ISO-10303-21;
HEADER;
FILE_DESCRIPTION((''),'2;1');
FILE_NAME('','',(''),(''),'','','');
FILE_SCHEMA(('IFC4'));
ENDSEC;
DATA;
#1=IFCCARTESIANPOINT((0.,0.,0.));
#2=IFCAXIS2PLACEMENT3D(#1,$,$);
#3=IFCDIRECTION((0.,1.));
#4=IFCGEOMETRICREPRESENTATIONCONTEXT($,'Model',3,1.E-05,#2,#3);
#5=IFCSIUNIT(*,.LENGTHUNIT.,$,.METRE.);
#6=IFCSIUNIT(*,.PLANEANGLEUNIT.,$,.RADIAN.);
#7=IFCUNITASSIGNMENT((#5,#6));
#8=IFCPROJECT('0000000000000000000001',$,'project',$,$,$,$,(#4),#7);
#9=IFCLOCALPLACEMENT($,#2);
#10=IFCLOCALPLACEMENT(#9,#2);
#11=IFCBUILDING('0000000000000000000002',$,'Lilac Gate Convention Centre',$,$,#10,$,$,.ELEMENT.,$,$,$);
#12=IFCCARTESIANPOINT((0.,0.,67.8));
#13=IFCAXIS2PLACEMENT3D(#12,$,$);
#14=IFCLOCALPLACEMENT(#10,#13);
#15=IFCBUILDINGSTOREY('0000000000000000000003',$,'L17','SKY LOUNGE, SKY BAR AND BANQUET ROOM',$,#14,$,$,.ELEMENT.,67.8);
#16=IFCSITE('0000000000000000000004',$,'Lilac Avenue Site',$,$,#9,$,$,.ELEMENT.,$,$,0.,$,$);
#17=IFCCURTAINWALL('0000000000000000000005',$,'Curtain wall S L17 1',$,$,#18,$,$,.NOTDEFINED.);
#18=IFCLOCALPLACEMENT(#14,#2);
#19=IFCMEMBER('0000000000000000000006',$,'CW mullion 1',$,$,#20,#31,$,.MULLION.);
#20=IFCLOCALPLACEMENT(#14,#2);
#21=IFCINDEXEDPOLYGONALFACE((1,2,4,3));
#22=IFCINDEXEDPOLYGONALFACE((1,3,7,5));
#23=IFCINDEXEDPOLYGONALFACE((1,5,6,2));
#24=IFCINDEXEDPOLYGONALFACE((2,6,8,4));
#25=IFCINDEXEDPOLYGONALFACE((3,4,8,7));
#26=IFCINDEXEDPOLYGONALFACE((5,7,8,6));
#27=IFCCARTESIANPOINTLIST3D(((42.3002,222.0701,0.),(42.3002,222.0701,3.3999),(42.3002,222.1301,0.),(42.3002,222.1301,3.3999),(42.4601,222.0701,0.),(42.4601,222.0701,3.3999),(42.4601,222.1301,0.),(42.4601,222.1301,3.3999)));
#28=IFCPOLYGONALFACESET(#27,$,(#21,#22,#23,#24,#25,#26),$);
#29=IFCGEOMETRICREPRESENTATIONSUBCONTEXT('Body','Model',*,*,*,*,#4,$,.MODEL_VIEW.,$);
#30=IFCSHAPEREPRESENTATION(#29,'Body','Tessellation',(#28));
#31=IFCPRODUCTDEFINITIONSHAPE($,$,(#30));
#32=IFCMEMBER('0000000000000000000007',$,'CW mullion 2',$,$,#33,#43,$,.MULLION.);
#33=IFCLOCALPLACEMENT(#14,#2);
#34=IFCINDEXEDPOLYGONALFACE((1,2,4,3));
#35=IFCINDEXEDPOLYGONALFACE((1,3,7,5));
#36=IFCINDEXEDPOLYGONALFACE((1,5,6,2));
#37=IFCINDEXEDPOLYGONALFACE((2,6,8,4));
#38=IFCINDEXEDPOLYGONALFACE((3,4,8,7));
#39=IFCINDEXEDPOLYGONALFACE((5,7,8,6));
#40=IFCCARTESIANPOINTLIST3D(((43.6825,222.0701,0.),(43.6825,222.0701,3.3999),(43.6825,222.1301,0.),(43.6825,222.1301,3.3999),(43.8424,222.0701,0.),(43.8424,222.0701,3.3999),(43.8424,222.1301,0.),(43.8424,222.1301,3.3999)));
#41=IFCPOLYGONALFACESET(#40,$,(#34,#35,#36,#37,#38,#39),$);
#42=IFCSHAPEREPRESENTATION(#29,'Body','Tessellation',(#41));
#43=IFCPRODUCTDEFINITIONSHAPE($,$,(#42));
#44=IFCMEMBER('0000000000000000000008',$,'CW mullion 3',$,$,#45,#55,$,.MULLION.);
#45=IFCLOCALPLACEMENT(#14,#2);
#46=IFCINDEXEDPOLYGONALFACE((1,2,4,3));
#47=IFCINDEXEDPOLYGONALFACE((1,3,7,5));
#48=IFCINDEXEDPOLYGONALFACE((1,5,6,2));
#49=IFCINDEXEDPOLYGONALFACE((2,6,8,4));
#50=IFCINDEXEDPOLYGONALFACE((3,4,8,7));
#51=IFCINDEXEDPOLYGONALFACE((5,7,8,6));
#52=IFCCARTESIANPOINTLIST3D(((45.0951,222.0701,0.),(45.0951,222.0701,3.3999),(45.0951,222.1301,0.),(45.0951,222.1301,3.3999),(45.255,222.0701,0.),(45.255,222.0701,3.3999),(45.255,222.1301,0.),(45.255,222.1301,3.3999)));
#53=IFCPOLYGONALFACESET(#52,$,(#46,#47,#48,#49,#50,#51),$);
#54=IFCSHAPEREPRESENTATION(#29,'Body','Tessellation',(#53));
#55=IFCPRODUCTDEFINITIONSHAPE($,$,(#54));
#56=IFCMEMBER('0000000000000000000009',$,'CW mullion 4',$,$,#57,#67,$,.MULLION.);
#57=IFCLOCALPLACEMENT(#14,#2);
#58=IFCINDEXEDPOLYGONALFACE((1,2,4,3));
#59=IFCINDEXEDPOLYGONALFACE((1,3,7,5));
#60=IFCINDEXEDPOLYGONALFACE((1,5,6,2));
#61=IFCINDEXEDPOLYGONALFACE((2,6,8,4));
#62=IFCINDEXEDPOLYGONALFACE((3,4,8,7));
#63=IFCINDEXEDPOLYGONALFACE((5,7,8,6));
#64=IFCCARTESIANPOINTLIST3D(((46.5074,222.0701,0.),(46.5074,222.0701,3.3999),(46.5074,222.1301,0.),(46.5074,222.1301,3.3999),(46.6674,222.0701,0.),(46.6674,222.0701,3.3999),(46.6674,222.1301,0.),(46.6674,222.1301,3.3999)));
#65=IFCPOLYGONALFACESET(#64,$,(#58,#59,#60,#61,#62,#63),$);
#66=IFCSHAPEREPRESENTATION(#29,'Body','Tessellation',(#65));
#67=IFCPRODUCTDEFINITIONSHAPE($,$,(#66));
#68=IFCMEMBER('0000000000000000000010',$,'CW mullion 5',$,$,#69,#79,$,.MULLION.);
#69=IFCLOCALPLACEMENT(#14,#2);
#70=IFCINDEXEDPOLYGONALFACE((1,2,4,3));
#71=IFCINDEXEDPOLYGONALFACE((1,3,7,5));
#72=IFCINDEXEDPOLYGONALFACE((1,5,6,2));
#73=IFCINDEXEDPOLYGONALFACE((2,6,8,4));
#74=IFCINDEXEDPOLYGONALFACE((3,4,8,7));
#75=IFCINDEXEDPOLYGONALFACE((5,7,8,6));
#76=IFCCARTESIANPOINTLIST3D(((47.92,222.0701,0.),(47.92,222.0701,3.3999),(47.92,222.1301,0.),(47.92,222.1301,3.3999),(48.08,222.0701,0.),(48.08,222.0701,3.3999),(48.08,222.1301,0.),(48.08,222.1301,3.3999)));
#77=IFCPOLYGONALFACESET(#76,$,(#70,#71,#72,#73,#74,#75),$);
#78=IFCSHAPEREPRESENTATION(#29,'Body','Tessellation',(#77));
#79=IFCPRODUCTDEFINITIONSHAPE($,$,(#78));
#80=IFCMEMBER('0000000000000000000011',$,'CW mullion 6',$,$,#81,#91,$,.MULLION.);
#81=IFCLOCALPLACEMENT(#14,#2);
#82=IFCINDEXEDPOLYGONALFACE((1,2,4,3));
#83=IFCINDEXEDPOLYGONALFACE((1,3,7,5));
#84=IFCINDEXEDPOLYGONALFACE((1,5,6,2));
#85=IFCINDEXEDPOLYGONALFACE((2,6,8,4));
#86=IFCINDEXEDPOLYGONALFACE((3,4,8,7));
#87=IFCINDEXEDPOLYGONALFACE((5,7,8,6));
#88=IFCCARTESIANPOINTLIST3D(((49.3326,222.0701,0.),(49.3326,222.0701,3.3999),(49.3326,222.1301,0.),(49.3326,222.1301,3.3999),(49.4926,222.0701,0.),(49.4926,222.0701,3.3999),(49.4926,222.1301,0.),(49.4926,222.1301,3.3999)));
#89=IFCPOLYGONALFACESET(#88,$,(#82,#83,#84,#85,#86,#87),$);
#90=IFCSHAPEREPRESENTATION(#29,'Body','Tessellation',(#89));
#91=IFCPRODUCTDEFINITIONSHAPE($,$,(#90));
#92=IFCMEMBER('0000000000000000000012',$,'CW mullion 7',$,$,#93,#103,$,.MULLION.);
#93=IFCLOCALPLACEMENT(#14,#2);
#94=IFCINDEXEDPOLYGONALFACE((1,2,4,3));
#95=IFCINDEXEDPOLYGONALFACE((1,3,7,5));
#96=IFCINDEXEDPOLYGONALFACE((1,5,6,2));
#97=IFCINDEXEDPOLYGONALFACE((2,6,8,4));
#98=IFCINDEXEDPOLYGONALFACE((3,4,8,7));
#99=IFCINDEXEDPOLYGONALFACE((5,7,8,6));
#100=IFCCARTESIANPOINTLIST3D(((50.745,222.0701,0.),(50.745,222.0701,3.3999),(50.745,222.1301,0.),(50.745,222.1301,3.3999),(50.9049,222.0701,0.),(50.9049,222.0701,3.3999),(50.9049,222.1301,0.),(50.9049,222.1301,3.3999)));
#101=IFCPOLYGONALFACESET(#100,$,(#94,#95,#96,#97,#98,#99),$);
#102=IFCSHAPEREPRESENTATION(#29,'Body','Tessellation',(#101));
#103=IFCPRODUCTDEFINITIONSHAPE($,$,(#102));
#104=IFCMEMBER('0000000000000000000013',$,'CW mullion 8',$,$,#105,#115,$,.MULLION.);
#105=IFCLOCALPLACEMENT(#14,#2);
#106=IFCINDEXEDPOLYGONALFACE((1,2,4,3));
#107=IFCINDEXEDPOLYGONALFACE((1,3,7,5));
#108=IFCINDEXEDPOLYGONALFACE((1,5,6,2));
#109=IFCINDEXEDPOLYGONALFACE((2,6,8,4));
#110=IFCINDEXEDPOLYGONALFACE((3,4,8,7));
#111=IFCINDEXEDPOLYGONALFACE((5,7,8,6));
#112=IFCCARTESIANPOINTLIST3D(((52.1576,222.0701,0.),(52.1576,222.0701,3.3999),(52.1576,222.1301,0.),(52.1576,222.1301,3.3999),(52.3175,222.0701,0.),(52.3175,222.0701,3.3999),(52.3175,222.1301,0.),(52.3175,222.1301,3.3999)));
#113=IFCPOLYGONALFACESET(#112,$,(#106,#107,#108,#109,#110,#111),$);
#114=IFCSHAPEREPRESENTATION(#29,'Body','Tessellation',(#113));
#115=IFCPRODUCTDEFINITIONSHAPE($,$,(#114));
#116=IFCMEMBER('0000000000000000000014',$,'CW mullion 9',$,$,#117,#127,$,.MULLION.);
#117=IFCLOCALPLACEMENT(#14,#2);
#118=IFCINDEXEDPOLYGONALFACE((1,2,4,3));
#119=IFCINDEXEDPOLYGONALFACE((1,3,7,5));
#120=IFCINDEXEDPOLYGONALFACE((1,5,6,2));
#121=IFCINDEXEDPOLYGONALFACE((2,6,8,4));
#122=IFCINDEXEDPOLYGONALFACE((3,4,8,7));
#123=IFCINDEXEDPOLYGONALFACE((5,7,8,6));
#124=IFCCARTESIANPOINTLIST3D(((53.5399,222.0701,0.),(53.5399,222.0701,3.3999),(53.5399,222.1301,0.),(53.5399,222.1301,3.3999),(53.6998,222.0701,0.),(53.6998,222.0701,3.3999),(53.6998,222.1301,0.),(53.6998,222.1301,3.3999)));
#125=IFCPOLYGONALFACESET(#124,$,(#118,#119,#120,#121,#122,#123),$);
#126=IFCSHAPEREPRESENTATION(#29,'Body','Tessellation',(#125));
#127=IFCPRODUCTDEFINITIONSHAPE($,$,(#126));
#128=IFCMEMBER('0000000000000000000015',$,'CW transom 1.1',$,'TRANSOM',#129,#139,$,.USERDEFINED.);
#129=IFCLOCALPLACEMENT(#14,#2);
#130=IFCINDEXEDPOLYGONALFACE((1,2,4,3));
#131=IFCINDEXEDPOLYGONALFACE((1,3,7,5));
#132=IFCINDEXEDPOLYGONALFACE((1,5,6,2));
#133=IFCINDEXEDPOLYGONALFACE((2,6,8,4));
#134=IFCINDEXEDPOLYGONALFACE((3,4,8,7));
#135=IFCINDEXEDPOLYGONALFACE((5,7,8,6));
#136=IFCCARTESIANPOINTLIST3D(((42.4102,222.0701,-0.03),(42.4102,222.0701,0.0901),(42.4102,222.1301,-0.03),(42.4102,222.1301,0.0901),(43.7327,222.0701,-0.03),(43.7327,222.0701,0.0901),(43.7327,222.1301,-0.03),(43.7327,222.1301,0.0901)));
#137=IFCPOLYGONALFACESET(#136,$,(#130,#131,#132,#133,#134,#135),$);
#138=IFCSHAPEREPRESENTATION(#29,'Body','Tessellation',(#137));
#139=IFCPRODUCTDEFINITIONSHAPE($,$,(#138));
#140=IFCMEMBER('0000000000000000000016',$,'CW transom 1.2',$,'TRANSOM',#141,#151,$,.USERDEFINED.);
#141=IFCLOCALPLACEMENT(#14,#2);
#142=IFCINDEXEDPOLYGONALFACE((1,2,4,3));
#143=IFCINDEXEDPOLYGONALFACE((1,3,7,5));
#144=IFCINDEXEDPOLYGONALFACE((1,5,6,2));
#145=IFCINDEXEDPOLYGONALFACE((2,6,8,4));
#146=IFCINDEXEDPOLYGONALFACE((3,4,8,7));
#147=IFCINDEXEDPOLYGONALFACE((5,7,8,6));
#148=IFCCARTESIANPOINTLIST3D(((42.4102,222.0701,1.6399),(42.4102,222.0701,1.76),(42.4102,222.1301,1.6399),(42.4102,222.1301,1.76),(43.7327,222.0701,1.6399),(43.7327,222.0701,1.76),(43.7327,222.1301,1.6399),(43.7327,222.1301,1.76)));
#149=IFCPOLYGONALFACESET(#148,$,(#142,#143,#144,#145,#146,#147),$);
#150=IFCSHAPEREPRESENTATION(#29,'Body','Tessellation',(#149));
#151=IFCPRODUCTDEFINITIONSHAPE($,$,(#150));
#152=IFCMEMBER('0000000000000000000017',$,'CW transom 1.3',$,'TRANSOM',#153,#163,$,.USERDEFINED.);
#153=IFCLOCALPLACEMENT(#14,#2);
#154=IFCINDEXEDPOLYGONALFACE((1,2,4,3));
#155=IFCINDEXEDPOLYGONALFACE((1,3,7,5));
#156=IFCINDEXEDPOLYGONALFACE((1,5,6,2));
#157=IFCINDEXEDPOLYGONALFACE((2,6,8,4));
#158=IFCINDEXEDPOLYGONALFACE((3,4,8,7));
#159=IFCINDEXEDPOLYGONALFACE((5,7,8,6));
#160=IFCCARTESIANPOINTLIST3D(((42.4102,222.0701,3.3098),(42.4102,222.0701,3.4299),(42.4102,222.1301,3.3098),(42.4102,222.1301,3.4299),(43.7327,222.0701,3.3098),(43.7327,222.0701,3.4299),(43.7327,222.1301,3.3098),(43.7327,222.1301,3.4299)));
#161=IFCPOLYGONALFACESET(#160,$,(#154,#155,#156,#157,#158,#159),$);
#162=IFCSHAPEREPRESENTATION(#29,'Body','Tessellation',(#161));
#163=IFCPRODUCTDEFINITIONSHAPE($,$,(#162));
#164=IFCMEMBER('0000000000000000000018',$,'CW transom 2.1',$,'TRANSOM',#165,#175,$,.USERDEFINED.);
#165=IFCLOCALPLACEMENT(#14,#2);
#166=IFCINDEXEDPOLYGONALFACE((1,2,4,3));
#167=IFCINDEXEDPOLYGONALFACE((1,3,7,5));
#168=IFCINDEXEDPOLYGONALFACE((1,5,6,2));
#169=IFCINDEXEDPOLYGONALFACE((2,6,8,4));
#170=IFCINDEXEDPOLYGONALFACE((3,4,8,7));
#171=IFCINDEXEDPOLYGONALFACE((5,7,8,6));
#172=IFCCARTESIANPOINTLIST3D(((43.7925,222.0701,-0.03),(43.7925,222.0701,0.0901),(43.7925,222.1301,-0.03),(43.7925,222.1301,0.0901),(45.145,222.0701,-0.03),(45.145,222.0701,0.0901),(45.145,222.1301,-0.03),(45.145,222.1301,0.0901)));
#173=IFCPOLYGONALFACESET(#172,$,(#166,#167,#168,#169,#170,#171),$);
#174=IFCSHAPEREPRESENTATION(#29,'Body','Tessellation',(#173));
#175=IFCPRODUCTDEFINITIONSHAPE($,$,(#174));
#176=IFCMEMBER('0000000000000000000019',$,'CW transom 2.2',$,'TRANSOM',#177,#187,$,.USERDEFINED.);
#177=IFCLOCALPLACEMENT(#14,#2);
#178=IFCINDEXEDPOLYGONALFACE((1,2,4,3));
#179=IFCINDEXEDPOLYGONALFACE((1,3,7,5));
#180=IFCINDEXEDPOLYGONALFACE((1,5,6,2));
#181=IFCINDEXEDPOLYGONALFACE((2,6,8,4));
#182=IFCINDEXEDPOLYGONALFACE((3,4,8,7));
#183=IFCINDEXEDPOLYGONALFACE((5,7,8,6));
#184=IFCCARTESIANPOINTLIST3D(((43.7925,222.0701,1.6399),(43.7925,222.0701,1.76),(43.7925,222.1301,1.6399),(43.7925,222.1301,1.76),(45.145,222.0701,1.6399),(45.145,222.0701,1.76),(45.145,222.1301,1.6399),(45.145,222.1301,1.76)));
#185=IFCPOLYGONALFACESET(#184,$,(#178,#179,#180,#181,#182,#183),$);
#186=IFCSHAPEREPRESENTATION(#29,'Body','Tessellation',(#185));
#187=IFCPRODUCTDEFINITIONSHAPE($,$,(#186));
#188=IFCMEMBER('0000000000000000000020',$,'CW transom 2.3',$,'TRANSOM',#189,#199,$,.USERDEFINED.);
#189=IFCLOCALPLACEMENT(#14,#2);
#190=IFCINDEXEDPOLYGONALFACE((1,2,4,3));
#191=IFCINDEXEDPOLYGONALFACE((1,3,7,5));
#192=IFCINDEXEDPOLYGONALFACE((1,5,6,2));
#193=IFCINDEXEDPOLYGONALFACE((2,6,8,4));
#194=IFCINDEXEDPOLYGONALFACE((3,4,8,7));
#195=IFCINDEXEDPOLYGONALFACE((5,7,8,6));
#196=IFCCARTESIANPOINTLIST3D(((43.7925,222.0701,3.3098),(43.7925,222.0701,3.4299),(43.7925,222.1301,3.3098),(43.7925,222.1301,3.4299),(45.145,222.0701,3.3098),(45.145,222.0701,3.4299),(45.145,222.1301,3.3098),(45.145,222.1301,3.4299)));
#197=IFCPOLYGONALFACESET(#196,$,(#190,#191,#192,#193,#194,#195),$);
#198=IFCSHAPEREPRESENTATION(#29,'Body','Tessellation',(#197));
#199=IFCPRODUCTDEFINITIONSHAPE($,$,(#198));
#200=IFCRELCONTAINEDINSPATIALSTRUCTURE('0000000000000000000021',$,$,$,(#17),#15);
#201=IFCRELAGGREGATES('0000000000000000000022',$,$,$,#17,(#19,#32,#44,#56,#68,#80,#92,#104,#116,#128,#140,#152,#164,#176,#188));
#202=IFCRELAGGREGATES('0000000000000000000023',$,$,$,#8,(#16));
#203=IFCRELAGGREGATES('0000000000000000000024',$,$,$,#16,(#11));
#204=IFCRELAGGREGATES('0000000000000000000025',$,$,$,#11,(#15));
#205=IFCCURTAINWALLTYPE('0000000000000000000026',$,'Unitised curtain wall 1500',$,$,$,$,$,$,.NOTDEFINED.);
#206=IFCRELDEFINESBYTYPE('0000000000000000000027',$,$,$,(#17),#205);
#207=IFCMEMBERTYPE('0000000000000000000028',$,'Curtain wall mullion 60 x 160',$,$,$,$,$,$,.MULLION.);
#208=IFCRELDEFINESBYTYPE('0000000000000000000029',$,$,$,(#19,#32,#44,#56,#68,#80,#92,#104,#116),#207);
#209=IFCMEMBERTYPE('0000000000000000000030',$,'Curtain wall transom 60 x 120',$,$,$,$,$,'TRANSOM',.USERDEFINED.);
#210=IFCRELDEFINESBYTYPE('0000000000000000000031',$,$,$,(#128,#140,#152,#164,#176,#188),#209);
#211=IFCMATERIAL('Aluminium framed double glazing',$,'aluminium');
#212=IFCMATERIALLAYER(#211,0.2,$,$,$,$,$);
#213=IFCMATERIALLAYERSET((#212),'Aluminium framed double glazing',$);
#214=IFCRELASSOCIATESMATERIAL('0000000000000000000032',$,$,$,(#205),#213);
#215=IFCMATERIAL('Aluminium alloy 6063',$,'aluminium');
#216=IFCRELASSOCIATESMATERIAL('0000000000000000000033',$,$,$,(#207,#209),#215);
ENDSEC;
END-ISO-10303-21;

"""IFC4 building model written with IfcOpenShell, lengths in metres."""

from ifc_helpers import new_model, si_unit, direction, frame, origin, origin_2d, place, context, subcontext, project, spatial, rectangle, extrude, material, layer, layer_set, material_profile, profile_set, type_object, element, aggregate, save


model = new_model("IFC4")

# Units and contexts
model_context = context("Model", 3, precision=1e-05, world=origin(), true_north=direction((0.0, 1.0)))
body_context = subcontext(model_context, "Body", "Model", "MODEL_VIEW")
ifc_project = project(units=[si_unit("LENGTHUNIT", "METRE"), si_unit("PLANEANGLEUNIT", "RADIAN")], contexts=[model_context])

# Site, building, storey
site_placement = place(None, origin())
site = spatial("IfcSite", under=ifc_project, at=site_placement, Name="Lilac Avenue Site", CompositionType="ELEMENT", RefElevation=0.0)
building_placement = place(site_placement, origin())
building = spatial("IfcBuilding", under=site, at=building_placement, Name="Lilac Gate Convention Centre", CompositionType="ELEMENT")
storey_placement = place(building_placement, frame((0.0, 0.0, 67.8)))
storey = spatial("IfcBuildingStorey", under=building, at=storey_placement, Name="L17", Description="SKY LOUNGE, SKY BAR AND BANQUET ROOM", CompositionType="ELEMENT", Elevation=67.8)

# Curtain wall, members
ifc_material_1 = material(Name="Aluminium framed double glazing", Category="aluminium")
ifc_layer_1 = layer(ifc_material_1, 0.2)
ifc_layer_set_1 = layer_set([ifc_layer_1], Name="Aluminium framed double glazing")
curtain_wall_type = type_object("IfcCurtainWallType", Name="Unitised curtain wall 1500", PredefinedType="NOTDEFINED", material=ifc_layer_set_1)
curtain_wall_placement = place(storey_placement, origin())
curtain_wall = element("IfcCurtainWall", 1, at=curtain_wall_placement, inside=storey, type_object=curtain_wall_type, Name="Curtain wall S L17 1", PredefinedType="NOTDEFINED")
ifc_material_2 = material(Name="Aluminium alloy 6063", Category="aluminium")
ifc_material_profile_1 = material_profile(ifc_material_2, rectangle(XDim=0.0601, YDim=0.1599, at=origin_2d()), Name="Curtain wall mullion 60 x 160")
ifc_profile_set_1 = profile_set([ifc_material_profile_1], Name="Aluminium alloy 6063")
member_type_1 = type_object("IfcMemberType", Name="Curtain wall mullion 60 x 160", PredefinedType="MULLION", material=ifc_profile_set_1)
member_1_placement = place(storey_placement, frame((42.3801, 222.1001, 0.0), z_axis=(0.0, 0.0, 1.0), x_axis=(0.0, 1.0, 0.0)))
member_1 = element("IfcMember", 2, at=member_1_placement, type_object=member_type_1, Name="CW mullion 1", PredefinedType="MULLION", context=body_context, shape_type="SweptSolid", body=[
    extrude(rectangle(XDim=0.0601, YDim=0.1599, at=origin_2d()), origin(), (0.0, 0.0, 1.0), 3.3999),
])
member_2_placement = place(storey_placement, frame((43.7625, 222.1001, 0.0), z_axis=(0.0, 0.0, 1.0), x_axis=(0.0, 1.0, 0.0)))
member_2 = element("IfcMember", 3, at=member_2_placement, type_object=member_type_1, Name="CW mullion 2", PredefinedType="MULLION", context=body_context, shape_type="SweptSolid", body=[
    extrude(rectangle(XDim=0.0601, YDim=0.1599, at=origin_2d()), origin(), (0.0, 0.0, 1.0), 3.3999),
])
member_3_placement = place(storey_placement, frame((45.175, 222.1001, 0.0), z_axis=(0.0, 0.0, 1.0), x_axis=(0.0, 1.0, 0.0)))
member_3 = element("IfcMember", 4, at=member_3_placement, type_object=member_type_1, Name="CW mullion 3", PredefinedType="MULLION", context=body_context, shape_type="SweptSolid", body=[
    extrude(rectangle(XDim=0.0601, YDim=0.1599, at=origin_2d()), origin(), (0.0, 0.0, 1.0), 3.3999),
])
member_4_placement = place(storey_placement, frame((46.5874, 222.1001, 0.0), z_axis=(0.0, 0.0, 1.0), x_axis=(0.0, 1.0, 0.0)))
member_4 = element("IfcMember", 5, at=member_4_placement, type_object=member_type_1, Name="CW mullion 4", PredefinedType="MULLION", context=body_context, shape_type="SweptSolid", body=[
    extrude(rectangle(XDim=0.0601, YDim=0.1599, at=origin_2d()), origin(), (0.0, 0.0, 1.0), 3.3999),
])
member_5_placement = place(storey_placement, frame((48.0, 222.1001, 0.0), z_axis=(0.0, 0.0, 1.0), x_axis=(0.0, 1.0, 0.0)))
member_5 = element("IfcMember", 6, at=member_5_placement, type_object=member_type_1, Name="CW mullion 5", PredefinedType="MULLION", context=body_context, shape_type="SweptSolid", body=[
    extrude(rectangle(XDim=0.0601, YDim=0.1599, at=origin_2d()), origin(), (0.0, 0.0, 1.0), 3.3999),
])
member_6_placement = place(storey_placement, frame((49.4126, 222.1001, 0.0), z_axis=(0.0, 0.0, 1.0), x_axis=(0.0, 1.0, 0.0)))
member_6 = element("IfcMember", 7, at=member_6_placement, type_object=member_type_1, Name="CW mullion 6", PredefinedType="MULLION", context=body_context, shape_type="SweptSolid", body=[
    extrude(rectangle(XDim=0.0601, YDim=0.1599, at=origin_2d()), origin(), (0.0, 0.0, 1.0), 3.3999),
])
member_7_placement = place(storey_placement, frame((50.825, 222.1001, 0.0), z_axis=(0.0, 0.0, 1.0), x_axis=(0.0, 1.0, 0.0)))
member_7 = element("IfcMember", 8, at=member_7_placement, type_object=member_type_1, Name="CW mullion 7", PredefinedType="MULLION", context=body_context, shape_type="SweptSolid", body=[
    extrude(rectangle(XDim=0.0601, YDim=0.1599, at=origin_2d()), origin(), (0.0, 0.0, 1.0), 3.3999),
])
member_8_placement = place(storey_placement, frame((52.2375, 222.1001, 0.0), z_axis=(0.0, 0.0, 1.0), x_axis=(0.0, 1.0, 0.0)))
member_8 = element("IfcMember", 9, at=member_8_placement, type_object=member_type_1, Name="CW mullion 8", PredefinedType="MULLION", context=body_context, shape_type="SweptSolid", body=[
    extrude(rectangle(XDim=0.0601, YDim=0.1599, at=origin_2d()), origin(), (0.0, 0.0, 1.0), 3.3999),
])
member_9_placement = place(storey_placement, frame((53.6199, 222.1001, 0.0), z_axis=(0.0, 0.0, 1.0), x_axis=(0.0, 1.0, 0.0)))
member_9 = element("IfcMember", 10, at=member_9_placement, type_object=member_type_1, Name="CW mullion 9", PredefinedType="MULLION", context=body_context, shape_type="SweptSolid", body=[
    extrude(rectangle(XDim=0.0601, YDim=0.1599, at=origin_2d()), origin(), (0.0, 0.0, 1.0), 3.3999),
])
ifc_material_profile_2 = material_profile(ifc_material_2, rectangle(XDim=0.0601, YDim=0.1201, at=origin_2d()), Name="Curtain wall transom 60 x 120")
ifc_profile_set_2 = profile_set([ifc_material_profile_2], Name="Aluminium alloy 6063")
member_type_2 = type_object("IfcMemberType", Name="Curtain wall transom 60 x 120", ElementType="TRANSOM", PredefinedType="USERDEFINED", material=ifc_profile_set_2)
member_10_placement = place(storey_placement, frame((42.4102, 222.1001, 0.03), z_axis=(1.0, 0.0, 0.0), x_axis=(0.0, 1.0, 0.0)))
member_10 = element("IfcMember", 11, at=member_10_placement, type_object=member_type_2, Name="CW transom 1.1", ObjectType="TRANSOM", PredefinedType="USERDEFINED", context=body_context, shape_type="SweptSolid", body=[
    extrude(rectangle(XDim=0.0601, YDim=0.1201, at=origin_2d()), origin(), (0.0, 0.0, 1.0), 1.3225),
])
member_11_placement = place(storey_placement, frame((42.4102, 222.1001, 1.7), z_axis=(1.0, 0.0, 0.0), x_axis=(0.0, 1.0, 0.0)))
member_11 = element("IfcMember", 12, at=member_11_placement, type_object=member_type_2, Name="CW transom 1.2", ObjectType="TRANSOM", PredefinedType="USERDEFINED", context=body_context, shape_type="SweptSolid", body=[
    extrude(rectangle(XDim=0.0601, YDim=0.1201, at=origin_2d()), origin(), (0.0, 0.0, 1.0), 1.3225),
])
member_12_placement = place(storey_placement, frame((42.4102, 222.1001, 3.3699), z_axis=(1.0, 0.0, 0.0), x_axis=(0.0, 1.0, 0.0)))
member_12 = element("IfcMember", 13, at=member_12_placement, type_object=member_type_2, Name="CW transom 1.3", ObjectType="TRANSOM", PredefinedType="USERDEFINED", context=body_context, shape_type="SweptSolid", body=[
    extrude(rectangle(XDim=0.0601, YDim=0.1201, at=origin_2d()), origin(), (0.0, 0.0, 1.0), 1.3225),
])
member_13_placement = place(storey_placement, frame((43.7925, 222.1001, 0.03), z_axis=(1.0, 0.0, 0.0), x_axis=(0.0, 1.0, 0.0)))
member_13 = element("IfcMember", 14, at=member_13_placement, type_object=member_type_2, Name="CW transom 2.1", ObjectType="TRANSOM", PredefinedType="USERDEFINED", context=body_context, shape_type="SweptSolid", body=[
    extrude(rectangle(XDim=0.0601, YDim=0.1201, at=origin_2d()), origin(), (0.0, 0.0, 1.0), 1.3525),
])
member_14_placement = place(storey_placement, frame((43.7925, 222.1001, 1.7), z_axis=(1.0, 0.0, 0.0), x_axis=(0.0, 1.0, 0.0)))
member_14 = element("IfcMember", 15, at=member_14_placement, type_object=member_type_2, Name="CW transom 2.2", ObjectType="TRANSOM", PredefinedType="USERDEFINED", context=body_context, shape_type="SweptSolid", body=[
    extrude(rectangle(XDim=0.0601, YDim=0.1201, at=origin_2d()), origin(), (0.0, 0.0, 1.0), 1.3525),
])
member_15_placement = place(storey_placement, frame((43.7925, 222.1001, 3.3699), z_axis=(1.0, 0.0, 0.0), x_axis=(0.0, 1.0, 0.0)))
member_15 = element("IfcMember", 16, at=member_15_placement, type_object=member_type_2, Name="CW transom 2.3", ObjectType="TRANSOM", PredefinedType="USERDEFINED", context=body_context, shape_type="SweptSolid", body=[
    extrude(rectangle(XDim=0.0601, YDim=0.1201, at=origin_2d()), origin(), (0.0, 0.0, 1.0), 1.3525),
])

aggregate(curtain_wall, [member_1, member_2, member_3, member_4, member_5, member_6, member_7, member_8, member_9, member_10, member_11, member_12, member_13, member_14, member_15])

save(model, "model.ifc")
